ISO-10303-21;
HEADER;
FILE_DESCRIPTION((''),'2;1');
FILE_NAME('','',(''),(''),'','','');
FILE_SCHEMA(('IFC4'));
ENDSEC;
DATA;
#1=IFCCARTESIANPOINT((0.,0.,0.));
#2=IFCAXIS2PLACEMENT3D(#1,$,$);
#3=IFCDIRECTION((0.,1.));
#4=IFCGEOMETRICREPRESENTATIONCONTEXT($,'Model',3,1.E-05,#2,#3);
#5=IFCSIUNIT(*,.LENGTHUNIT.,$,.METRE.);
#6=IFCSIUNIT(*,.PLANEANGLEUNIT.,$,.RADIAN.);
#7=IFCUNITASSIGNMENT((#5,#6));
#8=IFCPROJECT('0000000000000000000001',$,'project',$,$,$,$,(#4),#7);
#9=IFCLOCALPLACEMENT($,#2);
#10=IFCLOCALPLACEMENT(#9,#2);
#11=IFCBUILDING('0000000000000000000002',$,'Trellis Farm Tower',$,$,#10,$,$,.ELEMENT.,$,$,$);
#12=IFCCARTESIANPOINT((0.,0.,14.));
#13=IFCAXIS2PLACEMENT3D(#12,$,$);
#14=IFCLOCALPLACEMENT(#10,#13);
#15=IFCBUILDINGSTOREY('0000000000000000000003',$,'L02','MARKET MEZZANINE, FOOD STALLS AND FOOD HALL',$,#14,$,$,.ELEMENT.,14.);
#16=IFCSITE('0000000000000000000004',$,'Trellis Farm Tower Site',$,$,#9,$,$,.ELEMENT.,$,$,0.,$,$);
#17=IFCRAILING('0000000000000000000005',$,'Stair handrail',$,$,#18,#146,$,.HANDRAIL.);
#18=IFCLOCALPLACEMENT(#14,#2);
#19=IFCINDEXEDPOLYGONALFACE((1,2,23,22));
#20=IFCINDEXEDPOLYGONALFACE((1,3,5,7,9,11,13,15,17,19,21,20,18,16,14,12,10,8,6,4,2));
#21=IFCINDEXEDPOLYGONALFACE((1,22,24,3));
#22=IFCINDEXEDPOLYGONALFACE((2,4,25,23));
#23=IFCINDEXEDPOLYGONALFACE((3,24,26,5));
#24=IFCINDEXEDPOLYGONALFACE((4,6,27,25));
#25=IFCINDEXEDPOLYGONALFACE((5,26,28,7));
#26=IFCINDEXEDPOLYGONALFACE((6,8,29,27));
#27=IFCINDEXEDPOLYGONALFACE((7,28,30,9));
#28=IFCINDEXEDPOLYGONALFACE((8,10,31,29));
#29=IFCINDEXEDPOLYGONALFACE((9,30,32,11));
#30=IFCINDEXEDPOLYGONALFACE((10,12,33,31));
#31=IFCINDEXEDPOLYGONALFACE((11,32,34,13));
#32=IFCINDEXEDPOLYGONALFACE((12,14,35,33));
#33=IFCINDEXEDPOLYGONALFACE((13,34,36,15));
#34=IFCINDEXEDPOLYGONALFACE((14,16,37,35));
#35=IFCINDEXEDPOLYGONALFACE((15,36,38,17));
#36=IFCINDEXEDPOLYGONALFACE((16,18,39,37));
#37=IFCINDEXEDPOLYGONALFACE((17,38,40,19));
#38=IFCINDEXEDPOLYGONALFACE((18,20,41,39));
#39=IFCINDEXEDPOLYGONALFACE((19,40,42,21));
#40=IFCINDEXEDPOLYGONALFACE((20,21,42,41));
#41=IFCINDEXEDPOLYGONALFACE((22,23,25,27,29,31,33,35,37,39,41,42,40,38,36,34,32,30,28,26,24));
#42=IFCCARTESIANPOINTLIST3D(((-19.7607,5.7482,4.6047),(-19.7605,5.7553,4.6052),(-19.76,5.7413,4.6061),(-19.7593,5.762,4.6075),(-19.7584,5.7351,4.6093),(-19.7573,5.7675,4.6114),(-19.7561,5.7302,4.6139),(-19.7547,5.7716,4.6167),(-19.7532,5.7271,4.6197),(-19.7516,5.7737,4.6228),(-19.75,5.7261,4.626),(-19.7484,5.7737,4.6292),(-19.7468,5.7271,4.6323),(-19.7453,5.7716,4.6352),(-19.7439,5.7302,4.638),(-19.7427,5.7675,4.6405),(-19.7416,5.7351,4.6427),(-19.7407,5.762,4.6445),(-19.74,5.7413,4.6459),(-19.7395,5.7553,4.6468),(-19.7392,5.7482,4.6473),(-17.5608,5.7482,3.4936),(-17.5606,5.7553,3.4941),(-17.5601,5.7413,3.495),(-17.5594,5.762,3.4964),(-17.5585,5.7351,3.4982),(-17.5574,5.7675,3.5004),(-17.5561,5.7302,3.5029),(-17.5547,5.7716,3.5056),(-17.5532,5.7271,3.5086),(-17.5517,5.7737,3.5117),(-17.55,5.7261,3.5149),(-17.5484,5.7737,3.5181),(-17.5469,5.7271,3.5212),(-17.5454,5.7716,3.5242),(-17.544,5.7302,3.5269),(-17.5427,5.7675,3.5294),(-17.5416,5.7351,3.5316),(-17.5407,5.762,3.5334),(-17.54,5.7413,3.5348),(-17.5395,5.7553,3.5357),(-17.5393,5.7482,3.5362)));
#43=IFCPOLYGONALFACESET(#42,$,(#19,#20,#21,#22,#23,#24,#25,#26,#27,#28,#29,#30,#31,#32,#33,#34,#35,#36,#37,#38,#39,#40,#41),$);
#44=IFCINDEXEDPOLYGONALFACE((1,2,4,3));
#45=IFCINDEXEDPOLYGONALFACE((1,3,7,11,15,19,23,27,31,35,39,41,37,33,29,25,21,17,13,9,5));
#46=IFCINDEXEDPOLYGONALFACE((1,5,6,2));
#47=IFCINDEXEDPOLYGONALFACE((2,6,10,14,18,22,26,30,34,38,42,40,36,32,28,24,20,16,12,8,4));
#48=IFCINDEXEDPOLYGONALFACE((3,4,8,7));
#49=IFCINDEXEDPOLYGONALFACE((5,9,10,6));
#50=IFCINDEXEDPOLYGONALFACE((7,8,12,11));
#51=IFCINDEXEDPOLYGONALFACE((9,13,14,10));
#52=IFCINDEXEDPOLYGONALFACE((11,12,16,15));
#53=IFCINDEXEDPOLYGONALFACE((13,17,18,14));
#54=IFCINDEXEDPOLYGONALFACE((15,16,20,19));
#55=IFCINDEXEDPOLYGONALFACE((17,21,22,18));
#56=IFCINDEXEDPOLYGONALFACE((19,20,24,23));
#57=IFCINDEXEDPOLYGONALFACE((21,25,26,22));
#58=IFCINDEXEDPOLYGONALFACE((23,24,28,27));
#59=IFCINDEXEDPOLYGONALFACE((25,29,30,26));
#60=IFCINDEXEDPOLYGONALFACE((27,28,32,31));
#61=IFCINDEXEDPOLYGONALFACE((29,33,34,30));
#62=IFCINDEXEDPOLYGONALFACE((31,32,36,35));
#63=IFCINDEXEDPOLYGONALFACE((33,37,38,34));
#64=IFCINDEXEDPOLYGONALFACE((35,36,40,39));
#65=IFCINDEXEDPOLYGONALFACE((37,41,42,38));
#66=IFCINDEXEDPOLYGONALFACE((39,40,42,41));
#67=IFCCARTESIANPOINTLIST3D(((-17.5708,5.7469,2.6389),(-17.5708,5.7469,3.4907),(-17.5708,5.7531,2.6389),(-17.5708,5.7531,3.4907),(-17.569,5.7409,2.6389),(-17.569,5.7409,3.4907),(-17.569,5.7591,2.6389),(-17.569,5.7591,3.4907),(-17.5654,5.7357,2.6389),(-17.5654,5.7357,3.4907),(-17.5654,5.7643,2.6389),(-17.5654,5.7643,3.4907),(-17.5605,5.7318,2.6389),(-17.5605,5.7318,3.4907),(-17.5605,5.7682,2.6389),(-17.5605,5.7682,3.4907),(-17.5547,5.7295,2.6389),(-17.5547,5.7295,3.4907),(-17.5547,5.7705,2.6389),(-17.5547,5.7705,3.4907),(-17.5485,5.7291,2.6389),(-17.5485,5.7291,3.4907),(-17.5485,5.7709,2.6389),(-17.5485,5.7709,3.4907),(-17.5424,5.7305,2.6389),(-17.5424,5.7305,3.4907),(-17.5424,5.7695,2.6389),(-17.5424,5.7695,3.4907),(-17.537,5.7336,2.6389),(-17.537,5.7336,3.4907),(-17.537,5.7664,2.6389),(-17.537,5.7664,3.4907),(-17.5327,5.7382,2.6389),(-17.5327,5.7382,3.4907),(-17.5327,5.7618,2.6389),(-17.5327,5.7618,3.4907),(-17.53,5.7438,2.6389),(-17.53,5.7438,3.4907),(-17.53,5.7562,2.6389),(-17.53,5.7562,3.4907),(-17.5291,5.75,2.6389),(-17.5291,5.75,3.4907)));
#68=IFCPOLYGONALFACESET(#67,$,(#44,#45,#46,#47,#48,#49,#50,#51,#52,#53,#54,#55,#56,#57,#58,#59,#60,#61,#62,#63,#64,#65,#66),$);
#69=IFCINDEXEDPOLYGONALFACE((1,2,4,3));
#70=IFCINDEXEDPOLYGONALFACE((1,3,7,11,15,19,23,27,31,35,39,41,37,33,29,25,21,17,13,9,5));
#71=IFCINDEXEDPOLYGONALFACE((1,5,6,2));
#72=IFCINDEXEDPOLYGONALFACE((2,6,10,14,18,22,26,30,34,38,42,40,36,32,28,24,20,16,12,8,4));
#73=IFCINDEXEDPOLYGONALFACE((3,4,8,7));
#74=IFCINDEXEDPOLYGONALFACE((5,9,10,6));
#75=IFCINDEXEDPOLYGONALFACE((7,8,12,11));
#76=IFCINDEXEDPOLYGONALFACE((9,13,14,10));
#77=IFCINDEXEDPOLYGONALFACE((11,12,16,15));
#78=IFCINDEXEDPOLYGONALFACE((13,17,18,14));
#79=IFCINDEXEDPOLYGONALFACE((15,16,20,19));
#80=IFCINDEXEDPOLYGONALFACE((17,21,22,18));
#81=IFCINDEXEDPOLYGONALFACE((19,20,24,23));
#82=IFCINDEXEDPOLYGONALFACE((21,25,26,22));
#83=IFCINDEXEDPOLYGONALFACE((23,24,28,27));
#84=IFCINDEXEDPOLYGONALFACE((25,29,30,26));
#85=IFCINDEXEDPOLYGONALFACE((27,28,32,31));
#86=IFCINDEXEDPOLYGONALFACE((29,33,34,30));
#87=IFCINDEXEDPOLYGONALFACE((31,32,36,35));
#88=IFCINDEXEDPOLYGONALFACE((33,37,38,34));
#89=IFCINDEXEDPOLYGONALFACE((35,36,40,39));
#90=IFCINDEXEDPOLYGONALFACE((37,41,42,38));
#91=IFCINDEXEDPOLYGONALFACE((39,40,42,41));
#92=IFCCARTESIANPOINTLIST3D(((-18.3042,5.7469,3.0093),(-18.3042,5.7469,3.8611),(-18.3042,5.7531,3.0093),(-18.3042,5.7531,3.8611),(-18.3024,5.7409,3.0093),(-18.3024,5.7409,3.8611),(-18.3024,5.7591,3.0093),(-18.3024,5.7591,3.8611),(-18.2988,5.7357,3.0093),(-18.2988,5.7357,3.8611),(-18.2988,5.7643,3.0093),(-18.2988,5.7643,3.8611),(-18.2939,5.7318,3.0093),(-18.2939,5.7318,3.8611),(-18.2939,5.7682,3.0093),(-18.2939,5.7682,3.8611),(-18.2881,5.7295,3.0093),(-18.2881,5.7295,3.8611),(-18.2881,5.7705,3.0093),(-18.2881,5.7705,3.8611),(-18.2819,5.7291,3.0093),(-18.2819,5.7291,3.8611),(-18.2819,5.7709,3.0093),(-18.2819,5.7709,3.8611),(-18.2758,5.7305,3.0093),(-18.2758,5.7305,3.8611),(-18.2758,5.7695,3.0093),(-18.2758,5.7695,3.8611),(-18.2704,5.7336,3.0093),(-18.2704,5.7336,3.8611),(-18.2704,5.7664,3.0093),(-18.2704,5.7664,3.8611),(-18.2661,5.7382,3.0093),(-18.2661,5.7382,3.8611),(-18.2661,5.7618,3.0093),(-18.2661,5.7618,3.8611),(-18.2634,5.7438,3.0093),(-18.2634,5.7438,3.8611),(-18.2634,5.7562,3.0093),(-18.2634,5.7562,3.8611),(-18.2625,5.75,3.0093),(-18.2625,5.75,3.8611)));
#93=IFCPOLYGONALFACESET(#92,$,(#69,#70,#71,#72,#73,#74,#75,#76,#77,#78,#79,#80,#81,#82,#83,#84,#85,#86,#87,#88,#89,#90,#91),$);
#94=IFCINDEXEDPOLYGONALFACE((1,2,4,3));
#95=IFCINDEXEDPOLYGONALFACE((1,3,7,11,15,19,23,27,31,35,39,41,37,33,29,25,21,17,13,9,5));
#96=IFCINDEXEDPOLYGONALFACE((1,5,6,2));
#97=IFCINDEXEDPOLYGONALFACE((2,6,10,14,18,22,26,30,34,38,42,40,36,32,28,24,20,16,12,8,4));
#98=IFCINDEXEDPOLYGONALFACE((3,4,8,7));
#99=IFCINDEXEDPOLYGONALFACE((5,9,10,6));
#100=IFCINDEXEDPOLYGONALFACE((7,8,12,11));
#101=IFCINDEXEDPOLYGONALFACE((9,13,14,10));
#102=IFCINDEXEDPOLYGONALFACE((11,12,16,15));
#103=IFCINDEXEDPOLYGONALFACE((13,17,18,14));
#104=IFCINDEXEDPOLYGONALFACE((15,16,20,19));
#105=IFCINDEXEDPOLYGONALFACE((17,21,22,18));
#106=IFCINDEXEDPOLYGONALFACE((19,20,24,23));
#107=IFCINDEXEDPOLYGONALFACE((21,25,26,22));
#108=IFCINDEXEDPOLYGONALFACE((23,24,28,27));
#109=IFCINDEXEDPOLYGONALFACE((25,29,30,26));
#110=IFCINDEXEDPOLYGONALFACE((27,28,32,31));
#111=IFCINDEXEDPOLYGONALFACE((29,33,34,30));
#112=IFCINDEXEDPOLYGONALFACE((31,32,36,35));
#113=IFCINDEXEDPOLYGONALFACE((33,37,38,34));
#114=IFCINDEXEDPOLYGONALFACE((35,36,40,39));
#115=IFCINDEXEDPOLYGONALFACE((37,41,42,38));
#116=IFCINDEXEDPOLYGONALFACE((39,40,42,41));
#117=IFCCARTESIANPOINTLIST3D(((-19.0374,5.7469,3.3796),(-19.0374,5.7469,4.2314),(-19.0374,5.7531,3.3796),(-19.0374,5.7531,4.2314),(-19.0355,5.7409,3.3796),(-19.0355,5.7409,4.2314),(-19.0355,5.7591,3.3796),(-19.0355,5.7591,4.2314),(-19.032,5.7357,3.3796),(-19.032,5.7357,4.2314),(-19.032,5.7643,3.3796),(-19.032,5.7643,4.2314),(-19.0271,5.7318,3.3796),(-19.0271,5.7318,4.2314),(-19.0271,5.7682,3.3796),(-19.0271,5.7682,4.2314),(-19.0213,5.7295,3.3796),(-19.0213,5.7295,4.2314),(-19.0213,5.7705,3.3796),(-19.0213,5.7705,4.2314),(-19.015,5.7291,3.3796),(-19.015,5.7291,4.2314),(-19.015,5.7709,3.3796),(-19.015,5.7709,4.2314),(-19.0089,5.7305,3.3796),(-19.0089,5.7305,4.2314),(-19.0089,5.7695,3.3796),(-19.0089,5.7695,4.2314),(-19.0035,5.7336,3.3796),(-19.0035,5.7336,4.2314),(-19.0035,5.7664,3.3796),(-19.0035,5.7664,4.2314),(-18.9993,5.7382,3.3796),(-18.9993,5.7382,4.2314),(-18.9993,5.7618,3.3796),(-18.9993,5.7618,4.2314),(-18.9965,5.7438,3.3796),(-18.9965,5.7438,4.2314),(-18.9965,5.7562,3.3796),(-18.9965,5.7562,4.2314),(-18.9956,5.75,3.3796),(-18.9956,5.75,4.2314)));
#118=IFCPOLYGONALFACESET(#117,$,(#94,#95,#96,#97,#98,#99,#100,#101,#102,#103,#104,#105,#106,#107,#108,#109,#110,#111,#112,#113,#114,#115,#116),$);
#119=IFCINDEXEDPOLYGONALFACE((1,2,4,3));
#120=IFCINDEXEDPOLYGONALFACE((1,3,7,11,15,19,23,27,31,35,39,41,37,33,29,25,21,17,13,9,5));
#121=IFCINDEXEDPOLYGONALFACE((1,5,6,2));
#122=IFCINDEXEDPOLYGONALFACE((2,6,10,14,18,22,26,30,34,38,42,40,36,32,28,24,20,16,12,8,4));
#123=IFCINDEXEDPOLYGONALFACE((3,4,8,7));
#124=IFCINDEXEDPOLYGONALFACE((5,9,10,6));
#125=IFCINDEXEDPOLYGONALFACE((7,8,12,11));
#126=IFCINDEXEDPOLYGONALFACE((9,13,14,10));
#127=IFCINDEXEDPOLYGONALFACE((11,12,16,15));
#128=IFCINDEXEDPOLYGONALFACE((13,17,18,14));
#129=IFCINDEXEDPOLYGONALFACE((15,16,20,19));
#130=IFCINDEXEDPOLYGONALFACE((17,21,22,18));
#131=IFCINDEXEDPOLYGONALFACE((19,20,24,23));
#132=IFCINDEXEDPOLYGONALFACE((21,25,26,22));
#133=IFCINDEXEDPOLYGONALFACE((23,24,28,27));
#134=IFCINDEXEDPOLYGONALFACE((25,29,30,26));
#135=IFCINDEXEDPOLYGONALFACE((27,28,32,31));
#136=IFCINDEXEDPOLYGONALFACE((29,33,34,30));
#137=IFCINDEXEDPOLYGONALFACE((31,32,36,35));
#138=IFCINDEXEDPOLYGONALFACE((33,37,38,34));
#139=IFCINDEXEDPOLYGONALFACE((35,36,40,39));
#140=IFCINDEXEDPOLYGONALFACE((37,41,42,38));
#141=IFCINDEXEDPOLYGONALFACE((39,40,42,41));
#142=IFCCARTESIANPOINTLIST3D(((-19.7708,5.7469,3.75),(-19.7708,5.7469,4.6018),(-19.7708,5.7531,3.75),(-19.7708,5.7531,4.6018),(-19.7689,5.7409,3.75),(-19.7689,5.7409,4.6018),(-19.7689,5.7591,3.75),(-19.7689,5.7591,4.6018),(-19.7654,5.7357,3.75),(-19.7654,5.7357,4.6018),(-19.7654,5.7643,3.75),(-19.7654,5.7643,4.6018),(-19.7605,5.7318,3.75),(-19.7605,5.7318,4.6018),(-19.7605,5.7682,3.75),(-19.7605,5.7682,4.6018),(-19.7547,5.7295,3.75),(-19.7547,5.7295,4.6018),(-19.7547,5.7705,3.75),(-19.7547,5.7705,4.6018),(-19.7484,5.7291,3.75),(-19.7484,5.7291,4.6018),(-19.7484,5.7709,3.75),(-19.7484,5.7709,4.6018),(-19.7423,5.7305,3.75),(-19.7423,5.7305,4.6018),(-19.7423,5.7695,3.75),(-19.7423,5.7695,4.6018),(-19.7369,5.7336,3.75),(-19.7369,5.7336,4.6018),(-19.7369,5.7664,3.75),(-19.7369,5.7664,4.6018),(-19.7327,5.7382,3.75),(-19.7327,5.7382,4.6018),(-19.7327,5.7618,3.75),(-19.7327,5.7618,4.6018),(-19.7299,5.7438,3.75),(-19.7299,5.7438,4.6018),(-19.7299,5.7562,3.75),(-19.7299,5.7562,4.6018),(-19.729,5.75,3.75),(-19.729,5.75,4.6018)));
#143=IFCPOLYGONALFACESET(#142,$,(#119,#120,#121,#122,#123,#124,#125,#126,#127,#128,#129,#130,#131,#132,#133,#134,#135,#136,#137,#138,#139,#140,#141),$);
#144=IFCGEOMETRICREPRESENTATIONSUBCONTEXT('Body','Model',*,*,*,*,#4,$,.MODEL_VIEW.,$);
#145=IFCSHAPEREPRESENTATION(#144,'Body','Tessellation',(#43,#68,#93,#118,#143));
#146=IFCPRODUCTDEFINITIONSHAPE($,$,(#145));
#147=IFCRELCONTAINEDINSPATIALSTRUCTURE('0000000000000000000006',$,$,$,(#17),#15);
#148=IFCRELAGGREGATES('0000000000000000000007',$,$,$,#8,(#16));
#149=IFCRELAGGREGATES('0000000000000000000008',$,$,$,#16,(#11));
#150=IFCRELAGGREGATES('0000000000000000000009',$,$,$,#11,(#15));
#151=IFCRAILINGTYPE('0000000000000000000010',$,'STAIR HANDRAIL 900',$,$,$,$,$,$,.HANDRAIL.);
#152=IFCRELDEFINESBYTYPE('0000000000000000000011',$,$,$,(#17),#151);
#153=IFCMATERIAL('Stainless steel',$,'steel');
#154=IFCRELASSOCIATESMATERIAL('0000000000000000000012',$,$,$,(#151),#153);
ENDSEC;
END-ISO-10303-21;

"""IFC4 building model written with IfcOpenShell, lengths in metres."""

from ifc_helpers import new_model, si_unit, direction, frame, origin, origin_2d, place, context, subcontext, project, spatial, circle, extrude, source, transform, mapped, material, type_object, element, save


model = new_model("IFC4")

# Units and contexts
model_context = context("Model", 3, precision=1e-05, world=origin(), true_north=direction((0.0, 1.0)))
body_context = subcontext(model_context, "Body", "Model", "MODEL_VIEW")
ifc_project = project(units=[si_unit("LENGTHUNIT", "METRE"), si_unit("PLANEANGLEUNIT", "RADIAN")], contexts=[model_context])

# Site, building, storey
site_placement = place(None, origin())
site = spatial("IfcSite", under=ifc_project, at=site_placement, Name="Trellis Farm Tower Site", CompositionType="ELEMENT", RefElevation=0.0)
building_placement = place(site_placement, origin())
building = spatial("IfcBuilding", under=site, at=building_placement, Name="Trellis Farm Tower", CompositionType="ELEMENT")
storey_placement = place(building_placement, frame((0.0, 0.0, 14.0)))
storey = spatial("IfcBuildingStorey", under=building, at=storey_placement, Name="L02", Description="MARKET MEZZANINE, FOOD STALLS AND FOOD HALL", CompositionType="ELEMENT", Elevation=14.0)

# Railing
ifc_material_1 = material(Name="Stainless steel", Category="steel")
railing_type = type_object("IfcRailingType", Name="STAIR HANDRAIL 900", PredefinedType="HANDRAIL", material=ifc_material_1)
shared_shape_1 = source(origin(), body_context, "Body", "SweptSolid", [
    extrude(circle(Radius=0.0239, at=origin_2d()), frame((0.0, 0.0, 0.876), z_axis=(-0.892617, 0.0, 0.450816), x_axis=(0.0, -1.0, 0.0)), (0.0, 0.0, 1.0), 2.4646),
    extrude(circle(Radius=0.021, at=origin_2d()), origin(), (0.0, 0.0, 1.0), 0.8518),
    extrude(circle(Radius=0.021, at=origin_2d()), frame((-0.7334, 0.0, 0.3704)), (0.0, 0.0, 1.0), 0.8518),
    extrude(circle(Radius=0.021, at=origin_2d()), frame((-1.4666, 0.0, 0.7407)), (0.0, 0.0, 1.0), 0.8518),
    extrude(circle(Radius=0.021, at=origin_2d()), frame((-2.2, 0.0, 1.1111)), (0.0, 0.0, 1.0), 0.8518),
])
for number, where, name in (
    (1, (-17.55, 5.75, 2.6389), "Stair handrail"),
):
    element("IfcRailing", number, at=place(storey_placement, frame(where)), inside=storey, type_object=railing_type, Name=name, PredefinedType="HANDRAIL", context=body_context, shape_type="MappedRepresentation", body=[
        mapped(shared_shape_1, transform((0.0, 0.0, 0.0))),
    ])

save(model, "model.ifc")
